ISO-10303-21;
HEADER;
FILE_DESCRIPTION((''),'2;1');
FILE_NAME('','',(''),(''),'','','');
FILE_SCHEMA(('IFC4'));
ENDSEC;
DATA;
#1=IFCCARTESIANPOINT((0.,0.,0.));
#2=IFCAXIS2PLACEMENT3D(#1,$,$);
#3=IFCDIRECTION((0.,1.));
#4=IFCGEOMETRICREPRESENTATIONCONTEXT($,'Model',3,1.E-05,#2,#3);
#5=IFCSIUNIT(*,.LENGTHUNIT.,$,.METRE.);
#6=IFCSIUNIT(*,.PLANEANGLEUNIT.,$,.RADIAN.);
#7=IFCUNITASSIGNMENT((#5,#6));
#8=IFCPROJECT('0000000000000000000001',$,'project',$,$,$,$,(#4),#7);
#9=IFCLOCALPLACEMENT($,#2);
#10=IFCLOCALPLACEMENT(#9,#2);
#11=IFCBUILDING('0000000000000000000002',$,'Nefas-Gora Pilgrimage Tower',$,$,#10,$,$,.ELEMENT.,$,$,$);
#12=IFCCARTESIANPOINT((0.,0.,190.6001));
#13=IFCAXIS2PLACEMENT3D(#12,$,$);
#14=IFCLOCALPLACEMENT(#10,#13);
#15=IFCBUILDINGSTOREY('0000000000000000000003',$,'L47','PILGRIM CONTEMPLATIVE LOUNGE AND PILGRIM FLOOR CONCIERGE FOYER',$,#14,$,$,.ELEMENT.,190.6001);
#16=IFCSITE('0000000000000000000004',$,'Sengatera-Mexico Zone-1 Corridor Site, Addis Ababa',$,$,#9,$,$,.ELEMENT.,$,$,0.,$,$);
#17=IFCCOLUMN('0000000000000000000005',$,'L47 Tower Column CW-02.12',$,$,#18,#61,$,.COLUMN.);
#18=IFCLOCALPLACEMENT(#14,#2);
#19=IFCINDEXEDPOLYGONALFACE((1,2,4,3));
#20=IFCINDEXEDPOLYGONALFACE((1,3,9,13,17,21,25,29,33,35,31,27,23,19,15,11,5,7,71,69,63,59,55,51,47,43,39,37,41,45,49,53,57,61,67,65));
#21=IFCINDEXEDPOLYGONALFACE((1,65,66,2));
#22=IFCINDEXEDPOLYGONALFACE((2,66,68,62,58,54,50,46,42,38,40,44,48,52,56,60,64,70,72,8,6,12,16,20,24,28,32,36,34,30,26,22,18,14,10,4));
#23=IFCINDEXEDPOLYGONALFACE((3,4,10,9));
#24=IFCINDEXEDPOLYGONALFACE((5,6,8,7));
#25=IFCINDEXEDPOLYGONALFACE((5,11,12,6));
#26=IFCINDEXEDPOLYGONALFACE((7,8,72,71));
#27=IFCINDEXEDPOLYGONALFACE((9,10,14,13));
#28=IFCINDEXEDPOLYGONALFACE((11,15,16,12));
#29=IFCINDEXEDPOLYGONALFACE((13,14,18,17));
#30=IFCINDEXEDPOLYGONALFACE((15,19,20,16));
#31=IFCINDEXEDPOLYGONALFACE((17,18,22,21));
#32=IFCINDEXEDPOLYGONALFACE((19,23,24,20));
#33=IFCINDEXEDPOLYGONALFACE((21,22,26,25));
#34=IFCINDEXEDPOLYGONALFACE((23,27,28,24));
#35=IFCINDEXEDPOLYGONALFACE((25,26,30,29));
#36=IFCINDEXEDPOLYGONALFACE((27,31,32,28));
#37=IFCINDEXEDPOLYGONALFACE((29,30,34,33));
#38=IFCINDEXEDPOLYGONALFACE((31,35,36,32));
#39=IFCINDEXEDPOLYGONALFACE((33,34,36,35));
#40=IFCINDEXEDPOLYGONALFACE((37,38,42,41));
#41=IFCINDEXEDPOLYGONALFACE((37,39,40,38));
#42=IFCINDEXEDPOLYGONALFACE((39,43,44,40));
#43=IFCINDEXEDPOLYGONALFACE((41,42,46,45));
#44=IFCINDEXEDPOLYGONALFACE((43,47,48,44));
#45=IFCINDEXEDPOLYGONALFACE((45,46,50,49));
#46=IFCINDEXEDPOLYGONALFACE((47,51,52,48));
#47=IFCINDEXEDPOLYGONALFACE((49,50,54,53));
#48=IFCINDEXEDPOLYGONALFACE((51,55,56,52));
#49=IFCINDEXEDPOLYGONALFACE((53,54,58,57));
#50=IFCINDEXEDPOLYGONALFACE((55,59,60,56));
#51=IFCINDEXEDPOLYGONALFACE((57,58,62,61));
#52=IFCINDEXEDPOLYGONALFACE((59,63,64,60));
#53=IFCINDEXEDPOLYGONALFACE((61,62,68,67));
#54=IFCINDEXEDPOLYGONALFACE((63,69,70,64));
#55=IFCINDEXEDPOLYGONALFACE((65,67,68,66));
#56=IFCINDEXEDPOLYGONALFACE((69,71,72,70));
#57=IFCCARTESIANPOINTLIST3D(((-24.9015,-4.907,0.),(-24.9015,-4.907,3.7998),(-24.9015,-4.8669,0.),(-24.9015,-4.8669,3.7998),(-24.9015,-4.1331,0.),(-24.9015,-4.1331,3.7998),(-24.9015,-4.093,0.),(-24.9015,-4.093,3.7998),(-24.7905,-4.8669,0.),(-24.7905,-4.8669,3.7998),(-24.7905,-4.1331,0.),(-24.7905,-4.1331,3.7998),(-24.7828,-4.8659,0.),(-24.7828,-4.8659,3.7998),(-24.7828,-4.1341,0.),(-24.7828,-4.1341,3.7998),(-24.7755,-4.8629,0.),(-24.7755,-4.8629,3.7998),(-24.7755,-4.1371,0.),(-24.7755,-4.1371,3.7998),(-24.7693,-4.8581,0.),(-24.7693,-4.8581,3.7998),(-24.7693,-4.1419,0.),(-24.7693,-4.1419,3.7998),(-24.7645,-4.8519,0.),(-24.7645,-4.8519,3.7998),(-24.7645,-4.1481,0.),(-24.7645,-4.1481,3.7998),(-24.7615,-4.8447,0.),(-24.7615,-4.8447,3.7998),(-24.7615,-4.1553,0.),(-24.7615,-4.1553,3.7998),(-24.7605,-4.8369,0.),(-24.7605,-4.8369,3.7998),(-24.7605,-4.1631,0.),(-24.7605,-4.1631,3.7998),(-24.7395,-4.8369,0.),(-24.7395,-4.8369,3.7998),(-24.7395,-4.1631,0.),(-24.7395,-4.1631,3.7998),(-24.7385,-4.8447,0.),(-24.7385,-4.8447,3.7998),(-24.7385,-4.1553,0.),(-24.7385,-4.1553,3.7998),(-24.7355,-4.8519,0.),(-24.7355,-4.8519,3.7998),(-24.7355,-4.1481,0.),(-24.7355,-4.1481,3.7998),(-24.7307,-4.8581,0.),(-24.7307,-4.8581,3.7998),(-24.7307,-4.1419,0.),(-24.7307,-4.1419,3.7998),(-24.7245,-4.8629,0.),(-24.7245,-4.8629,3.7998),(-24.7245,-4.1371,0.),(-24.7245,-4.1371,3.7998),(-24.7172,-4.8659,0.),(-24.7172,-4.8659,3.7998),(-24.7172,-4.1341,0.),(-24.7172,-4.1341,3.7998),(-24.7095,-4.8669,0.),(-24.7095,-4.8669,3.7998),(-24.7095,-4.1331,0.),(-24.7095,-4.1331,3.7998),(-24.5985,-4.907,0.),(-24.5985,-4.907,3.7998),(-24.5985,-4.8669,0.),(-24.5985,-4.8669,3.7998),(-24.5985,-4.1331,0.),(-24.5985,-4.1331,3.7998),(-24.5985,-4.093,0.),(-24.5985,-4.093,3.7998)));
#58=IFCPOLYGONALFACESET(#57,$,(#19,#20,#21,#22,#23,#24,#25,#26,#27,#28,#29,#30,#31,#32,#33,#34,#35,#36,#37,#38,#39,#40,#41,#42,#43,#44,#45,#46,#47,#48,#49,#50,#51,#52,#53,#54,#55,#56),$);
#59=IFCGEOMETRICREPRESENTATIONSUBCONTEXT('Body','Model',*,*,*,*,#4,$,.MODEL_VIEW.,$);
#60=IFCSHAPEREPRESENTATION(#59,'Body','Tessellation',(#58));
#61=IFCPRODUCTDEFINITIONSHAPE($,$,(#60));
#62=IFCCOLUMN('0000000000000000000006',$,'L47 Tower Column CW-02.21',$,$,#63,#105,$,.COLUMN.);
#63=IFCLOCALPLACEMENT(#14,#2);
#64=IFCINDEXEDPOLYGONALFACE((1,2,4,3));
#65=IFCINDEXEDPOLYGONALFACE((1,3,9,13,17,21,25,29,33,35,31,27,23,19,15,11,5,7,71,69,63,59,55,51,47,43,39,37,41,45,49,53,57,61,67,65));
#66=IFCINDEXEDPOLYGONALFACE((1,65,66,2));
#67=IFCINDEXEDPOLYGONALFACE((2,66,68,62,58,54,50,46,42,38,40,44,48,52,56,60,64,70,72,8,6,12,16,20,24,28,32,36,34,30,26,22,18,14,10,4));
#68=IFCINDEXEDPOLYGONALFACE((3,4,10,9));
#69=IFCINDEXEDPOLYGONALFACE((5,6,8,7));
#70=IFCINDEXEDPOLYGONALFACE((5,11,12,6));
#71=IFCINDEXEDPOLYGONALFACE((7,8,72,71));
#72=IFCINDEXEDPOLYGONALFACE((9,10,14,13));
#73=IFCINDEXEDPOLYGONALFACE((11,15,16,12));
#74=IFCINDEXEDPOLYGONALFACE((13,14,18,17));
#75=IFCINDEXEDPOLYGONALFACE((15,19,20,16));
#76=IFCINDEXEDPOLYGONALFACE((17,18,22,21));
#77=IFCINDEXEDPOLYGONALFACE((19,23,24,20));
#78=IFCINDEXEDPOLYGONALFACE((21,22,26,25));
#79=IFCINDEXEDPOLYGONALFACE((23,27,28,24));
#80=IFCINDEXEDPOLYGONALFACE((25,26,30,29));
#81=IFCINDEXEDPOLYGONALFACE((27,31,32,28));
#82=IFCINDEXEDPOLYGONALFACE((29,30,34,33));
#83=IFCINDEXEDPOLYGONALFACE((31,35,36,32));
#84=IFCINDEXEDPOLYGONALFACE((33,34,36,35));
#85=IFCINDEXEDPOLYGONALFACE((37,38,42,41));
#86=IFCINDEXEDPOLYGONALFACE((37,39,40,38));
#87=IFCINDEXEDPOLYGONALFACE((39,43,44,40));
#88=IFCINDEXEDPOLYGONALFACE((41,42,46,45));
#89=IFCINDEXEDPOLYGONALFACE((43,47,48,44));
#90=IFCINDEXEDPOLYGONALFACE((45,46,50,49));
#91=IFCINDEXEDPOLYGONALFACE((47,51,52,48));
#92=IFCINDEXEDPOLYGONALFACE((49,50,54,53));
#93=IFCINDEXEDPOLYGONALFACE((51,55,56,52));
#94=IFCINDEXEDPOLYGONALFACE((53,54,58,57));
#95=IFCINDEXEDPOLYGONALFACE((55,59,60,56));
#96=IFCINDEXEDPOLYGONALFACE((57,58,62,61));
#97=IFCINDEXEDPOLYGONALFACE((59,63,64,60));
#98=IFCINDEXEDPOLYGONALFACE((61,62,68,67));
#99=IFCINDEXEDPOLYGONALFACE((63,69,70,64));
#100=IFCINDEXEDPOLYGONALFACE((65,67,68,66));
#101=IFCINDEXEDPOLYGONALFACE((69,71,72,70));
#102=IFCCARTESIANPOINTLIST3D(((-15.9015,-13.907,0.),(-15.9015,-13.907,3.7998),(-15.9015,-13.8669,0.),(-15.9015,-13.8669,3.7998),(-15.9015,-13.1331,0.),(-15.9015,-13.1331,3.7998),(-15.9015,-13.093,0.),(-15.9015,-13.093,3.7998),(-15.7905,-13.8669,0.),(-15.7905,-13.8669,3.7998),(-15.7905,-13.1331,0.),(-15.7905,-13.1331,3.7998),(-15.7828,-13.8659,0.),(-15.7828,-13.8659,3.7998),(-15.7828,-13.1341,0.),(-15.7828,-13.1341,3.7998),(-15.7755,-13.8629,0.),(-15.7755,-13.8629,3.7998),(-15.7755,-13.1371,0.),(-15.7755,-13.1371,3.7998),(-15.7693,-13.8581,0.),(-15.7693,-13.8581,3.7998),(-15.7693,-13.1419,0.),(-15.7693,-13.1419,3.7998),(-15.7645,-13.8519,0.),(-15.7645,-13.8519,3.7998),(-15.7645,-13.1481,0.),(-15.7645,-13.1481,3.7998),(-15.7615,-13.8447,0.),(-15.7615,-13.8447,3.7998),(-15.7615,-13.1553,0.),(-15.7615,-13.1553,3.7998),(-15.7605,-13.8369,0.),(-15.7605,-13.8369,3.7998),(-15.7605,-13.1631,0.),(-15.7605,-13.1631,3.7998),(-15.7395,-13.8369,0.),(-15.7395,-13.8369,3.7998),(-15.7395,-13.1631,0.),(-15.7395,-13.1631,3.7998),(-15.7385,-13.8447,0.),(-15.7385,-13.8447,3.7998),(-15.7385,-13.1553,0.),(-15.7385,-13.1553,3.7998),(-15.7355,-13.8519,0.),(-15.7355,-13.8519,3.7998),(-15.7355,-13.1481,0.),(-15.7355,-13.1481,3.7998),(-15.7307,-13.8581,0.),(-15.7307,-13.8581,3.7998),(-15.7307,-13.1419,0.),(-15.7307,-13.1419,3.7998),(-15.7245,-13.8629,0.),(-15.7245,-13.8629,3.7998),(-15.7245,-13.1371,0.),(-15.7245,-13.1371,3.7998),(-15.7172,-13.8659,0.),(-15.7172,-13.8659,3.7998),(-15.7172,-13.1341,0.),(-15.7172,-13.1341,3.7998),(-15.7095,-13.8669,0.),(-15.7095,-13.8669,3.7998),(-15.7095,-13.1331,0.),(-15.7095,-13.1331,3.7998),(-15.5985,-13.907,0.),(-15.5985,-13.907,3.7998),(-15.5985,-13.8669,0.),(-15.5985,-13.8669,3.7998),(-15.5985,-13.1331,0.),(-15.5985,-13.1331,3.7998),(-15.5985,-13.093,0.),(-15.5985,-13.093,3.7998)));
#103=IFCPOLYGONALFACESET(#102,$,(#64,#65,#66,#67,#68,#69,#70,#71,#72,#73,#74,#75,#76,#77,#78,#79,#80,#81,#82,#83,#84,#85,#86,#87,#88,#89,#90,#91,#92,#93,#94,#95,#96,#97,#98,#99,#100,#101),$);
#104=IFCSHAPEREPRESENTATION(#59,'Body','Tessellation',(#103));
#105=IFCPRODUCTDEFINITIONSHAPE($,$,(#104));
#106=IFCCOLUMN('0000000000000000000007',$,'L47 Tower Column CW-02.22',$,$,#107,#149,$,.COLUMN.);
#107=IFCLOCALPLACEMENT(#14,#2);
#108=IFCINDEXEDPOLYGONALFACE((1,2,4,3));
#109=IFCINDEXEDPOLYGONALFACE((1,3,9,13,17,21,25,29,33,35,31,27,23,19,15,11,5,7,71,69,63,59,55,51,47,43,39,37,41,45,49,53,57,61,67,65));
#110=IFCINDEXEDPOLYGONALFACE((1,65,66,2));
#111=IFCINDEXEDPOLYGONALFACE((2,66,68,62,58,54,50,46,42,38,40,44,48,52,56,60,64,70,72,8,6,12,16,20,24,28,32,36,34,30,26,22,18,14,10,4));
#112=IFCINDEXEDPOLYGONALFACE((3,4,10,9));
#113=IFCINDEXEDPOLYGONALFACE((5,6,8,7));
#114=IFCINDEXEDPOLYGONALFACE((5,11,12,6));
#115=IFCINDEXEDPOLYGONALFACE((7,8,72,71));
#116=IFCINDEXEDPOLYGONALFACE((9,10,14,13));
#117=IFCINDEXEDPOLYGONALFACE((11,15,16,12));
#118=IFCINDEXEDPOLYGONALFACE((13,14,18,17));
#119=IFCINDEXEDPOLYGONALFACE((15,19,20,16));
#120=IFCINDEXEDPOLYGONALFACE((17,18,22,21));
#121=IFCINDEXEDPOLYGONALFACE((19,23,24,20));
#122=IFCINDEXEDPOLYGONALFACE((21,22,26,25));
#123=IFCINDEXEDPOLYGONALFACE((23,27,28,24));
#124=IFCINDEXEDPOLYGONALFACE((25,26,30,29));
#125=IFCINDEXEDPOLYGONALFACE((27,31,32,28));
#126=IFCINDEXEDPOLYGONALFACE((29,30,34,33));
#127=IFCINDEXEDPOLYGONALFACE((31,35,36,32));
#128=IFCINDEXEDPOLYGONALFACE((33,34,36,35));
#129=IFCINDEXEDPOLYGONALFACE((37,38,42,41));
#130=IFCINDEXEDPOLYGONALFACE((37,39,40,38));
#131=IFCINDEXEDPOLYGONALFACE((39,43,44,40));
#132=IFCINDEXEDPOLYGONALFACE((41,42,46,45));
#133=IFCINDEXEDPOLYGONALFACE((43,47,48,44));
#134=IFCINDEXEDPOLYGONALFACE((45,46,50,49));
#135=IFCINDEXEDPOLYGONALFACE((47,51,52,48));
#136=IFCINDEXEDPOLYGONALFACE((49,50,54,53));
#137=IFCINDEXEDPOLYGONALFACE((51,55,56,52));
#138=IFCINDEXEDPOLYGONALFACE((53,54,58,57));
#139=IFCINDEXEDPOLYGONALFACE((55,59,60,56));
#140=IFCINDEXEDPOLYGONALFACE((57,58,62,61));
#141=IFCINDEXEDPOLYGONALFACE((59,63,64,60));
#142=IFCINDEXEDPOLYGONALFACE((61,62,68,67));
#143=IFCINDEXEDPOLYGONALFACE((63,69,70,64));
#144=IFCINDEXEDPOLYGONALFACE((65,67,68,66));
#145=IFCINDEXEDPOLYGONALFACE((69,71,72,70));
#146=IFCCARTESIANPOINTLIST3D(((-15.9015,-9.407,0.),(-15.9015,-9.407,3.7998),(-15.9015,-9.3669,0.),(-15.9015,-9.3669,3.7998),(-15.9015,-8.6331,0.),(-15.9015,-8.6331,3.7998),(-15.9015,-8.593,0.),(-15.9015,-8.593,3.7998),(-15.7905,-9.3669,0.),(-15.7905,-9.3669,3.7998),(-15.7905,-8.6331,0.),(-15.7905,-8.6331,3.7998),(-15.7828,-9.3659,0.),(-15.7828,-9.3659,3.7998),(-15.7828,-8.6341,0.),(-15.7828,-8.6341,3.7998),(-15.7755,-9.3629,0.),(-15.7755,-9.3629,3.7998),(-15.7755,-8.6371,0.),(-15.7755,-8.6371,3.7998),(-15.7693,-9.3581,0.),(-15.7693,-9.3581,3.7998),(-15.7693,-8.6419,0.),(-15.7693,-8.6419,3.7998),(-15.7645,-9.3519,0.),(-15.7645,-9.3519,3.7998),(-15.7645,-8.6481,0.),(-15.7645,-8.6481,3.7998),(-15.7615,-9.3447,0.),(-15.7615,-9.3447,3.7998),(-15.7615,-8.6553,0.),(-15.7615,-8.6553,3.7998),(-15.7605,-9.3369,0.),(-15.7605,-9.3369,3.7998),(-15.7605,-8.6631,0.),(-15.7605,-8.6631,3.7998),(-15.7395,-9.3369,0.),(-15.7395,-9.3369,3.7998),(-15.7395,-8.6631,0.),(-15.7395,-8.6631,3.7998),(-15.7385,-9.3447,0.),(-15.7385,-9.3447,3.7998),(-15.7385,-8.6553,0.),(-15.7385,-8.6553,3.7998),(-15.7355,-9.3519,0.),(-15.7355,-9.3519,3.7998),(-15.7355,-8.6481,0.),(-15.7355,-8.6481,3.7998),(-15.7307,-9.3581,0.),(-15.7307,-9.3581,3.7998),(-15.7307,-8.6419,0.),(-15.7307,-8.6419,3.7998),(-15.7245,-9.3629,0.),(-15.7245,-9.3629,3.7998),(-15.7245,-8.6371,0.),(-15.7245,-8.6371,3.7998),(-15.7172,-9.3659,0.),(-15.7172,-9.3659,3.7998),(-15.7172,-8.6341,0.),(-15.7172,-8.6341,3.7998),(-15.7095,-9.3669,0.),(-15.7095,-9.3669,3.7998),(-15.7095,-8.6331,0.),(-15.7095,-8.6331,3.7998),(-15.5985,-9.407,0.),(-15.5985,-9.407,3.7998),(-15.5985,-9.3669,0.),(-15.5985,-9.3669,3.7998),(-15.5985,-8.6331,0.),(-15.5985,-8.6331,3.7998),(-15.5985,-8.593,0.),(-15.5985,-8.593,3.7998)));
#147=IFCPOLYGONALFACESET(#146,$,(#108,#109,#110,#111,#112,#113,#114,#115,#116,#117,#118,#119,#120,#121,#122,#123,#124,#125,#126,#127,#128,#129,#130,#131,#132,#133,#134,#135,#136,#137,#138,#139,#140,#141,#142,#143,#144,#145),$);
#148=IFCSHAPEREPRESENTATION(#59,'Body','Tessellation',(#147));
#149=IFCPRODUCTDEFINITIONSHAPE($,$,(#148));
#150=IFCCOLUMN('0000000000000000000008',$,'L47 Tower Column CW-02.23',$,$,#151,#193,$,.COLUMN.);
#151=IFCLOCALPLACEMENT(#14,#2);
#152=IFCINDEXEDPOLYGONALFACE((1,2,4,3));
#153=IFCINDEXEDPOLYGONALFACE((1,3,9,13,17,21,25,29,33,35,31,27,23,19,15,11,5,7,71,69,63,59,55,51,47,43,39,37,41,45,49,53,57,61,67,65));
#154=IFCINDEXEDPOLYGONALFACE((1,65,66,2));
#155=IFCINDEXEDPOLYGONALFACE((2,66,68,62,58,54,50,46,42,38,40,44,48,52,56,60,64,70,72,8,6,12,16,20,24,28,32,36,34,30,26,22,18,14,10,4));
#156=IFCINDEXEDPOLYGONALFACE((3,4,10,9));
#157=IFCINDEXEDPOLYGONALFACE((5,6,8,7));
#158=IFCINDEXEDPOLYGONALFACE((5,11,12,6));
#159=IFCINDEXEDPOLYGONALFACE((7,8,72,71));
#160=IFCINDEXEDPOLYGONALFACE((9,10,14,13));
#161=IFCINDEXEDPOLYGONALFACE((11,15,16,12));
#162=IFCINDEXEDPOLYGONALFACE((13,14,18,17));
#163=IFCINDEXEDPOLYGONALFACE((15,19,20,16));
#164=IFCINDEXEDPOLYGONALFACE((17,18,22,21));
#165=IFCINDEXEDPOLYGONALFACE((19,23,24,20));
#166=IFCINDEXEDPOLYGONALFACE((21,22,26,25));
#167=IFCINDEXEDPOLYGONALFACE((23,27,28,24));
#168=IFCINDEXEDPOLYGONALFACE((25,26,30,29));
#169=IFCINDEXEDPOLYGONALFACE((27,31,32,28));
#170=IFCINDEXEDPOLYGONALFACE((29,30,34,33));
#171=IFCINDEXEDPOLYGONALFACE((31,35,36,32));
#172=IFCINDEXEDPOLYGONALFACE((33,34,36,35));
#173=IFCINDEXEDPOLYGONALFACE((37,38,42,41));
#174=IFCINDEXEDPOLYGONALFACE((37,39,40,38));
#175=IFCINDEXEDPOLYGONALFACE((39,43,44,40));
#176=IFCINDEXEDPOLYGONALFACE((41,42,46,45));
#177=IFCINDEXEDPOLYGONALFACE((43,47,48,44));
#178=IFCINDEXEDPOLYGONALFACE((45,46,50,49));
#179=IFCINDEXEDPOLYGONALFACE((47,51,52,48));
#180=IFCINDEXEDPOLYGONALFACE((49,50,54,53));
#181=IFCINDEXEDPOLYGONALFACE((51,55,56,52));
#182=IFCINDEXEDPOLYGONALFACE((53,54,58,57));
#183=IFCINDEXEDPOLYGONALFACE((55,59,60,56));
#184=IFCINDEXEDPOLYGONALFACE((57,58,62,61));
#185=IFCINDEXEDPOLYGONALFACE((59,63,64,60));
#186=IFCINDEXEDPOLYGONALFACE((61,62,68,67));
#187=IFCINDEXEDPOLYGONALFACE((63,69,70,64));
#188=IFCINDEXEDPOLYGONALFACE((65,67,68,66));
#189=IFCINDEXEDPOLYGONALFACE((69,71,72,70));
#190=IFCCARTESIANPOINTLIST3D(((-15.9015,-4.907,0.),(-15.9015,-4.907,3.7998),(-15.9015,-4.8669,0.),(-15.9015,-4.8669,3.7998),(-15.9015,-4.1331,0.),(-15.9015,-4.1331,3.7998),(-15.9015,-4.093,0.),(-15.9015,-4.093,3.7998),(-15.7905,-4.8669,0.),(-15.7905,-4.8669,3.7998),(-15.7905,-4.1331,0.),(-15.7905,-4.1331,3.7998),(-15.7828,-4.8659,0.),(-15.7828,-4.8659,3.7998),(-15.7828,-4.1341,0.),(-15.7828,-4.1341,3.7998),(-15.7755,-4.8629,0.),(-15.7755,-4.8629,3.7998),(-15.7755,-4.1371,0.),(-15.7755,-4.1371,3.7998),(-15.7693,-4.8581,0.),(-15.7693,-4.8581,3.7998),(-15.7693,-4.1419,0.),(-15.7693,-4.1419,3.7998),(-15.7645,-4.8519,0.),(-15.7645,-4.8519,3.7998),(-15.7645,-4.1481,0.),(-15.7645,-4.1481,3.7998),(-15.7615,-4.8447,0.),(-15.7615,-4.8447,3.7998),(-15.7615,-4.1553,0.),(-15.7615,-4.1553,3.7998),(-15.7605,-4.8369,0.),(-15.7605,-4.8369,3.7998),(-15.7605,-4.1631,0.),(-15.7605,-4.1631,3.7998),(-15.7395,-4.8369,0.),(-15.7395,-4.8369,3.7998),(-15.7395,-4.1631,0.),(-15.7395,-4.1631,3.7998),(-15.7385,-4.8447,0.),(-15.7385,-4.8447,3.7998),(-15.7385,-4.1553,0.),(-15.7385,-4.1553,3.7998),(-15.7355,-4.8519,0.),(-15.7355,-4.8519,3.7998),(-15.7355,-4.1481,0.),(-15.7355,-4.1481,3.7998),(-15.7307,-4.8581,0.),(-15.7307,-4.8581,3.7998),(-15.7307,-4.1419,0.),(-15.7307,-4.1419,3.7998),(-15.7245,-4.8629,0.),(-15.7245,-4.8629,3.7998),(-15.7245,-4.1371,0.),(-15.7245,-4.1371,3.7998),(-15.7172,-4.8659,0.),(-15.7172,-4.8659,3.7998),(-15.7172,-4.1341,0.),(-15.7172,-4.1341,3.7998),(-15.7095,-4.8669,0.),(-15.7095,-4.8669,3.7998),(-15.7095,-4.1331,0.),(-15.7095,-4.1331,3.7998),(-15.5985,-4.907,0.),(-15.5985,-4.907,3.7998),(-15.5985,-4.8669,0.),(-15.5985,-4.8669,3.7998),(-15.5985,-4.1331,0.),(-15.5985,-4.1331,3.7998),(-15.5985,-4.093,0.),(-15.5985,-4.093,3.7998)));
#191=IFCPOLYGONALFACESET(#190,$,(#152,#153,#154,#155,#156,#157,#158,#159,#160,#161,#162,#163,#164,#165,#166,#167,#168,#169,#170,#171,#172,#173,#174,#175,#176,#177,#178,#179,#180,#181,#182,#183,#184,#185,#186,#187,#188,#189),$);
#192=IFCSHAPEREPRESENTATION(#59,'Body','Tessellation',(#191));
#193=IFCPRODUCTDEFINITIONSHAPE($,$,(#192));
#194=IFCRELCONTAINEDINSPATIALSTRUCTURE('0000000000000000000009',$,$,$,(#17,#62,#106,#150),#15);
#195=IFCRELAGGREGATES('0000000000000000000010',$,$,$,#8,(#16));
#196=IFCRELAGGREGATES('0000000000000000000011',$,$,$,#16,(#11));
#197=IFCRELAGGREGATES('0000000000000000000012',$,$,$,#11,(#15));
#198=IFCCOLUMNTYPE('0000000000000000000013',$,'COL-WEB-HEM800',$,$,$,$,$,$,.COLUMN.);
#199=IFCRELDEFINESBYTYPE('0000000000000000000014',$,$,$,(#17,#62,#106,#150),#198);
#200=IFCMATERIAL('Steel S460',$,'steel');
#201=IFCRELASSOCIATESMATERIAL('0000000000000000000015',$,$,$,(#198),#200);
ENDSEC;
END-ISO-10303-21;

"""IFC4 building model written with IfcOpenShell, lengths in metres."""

from ifc_helpers import new_model, si_unit, direction, frame, origin, origin_2d, place, context, subcontext, project, spatial, i_section, extrude, source, transform, mapped, material, material_profile, profile_set, type_object, element, save


model = new_model("IFC4")

# Units and contexts
model_context = context("Model", 3, precision=1e-05, world=origin(), true_north=direction((0.0, 1.0)))
body_context = subcontext(model_context, "Body", "Model", "MODEL_VIEW")
ifc_project = project(units=[si_unit("LENGTHUNIT", "METRE"), si_unit("PLANEANGLEUNIT", "RADIAN")], contexts=[model_context])

# Site, building, storey
site_placement = place(None, origin())
site = spatial("IfcSite", under=ifc_project, at=site_placement, Name="Sengatera-Mexico Zone-1 Corridor Site, Addis Ababa", CompositionType="ELEMENT", RefElevation=0.0)
building_placement = place(site_placement, origin())
building = spatial("IfcBuilding", under=site, at=building_placement, Name="Nefas-Gora Pilgrimage Tower", CompositionType="ELEMENT")
storey_placement = place(building_placement, frame((0.0, 0.0, 190.6001)))
storey = spatial("IfcBuildingStorey", under=building, at=storey_placement, Name="L47", Description="PILGRIM CONTEMPLATIVE LOUNGE AND PILGRIM FLOOR CONCIERGE FOYER", CompositionType="ELEMENT", Elevation=190.6001)

# Columns
ifc_material_1 = material(Name="Steel S460", Category="steel")
ifc_material_profile_1 = material_profile(ifc_material_1, i_section(OverallWidth=0.303, OverallDepth=0.814, WebThickness=0.021, FlangeThickness=0.04, FilletRadius=0.03, at=origin_2d()), Name="HEM 800")
ifc_profile_set_1 = profile_set([ifc_material_profile_1], Name="Steel S460")
column_type_1 = type_object("IfcColumnType", Name="COL-WEB-HEM800", PredefinedType="COLUMN", material=ifc_profile_set_1)
shared_shape_1 = source(origin(), body_context, "Body", "SweptSolid", [
    extrude(i_section(OverallWidth=0.303, OverallDepth=0.814, WebThickness=0.021, FlangeThickness=0.04, FilletRadius=0.03, at=origin_2d()), origin(), (0.0, 0.0, 1.0), 3.7998),
])
for number, where, z_axis, x_axis, name in (
    (1, (-24.75, -4.5, 0.0), (0.0, 0.0, 1.0), (1.0, 0.0, 0.0), "L47 Tower Column CW-02.12"),
    (2, (-15.75, -13.5, 0.0), (0.0, 0.0, 1.0), (1.0, 0.0, 0.0), "L47 Tower Column CW-02.21"),
    (3, (-15.75, -9.0, 0.0), (0.0, 0.0, 1.0), (1.0, 0.0, 0.0), "L47 Tower Column CW-02.22"),
    (4, (-15.75, -4.5, 0.0), (0.0, 0.0, 1.0), (1.0, 0.0, 0.0), "L47 Tower Column CW-02.23"),
):
    element("IfcColumn", number, at=place(storey_placement, frame(where, z_axis=z_axis, x_axis=x_axis)), inside=storey, type_object=column_type_1, Name=name, PredefinedType="COLUMN", context=body_context, shape_type="MappedRepresentation", body=[
        mapped(shared_shape_1, transform((0.0, 0.0, 0.0), x_axis=(1.0, 0.0, 0.0), y_axis=(0.0, 1.0, 0.0), z_axis=(0.0, 0.0, 1.0), scale=1.0)),
    ])

save(model, "model.ifc")
